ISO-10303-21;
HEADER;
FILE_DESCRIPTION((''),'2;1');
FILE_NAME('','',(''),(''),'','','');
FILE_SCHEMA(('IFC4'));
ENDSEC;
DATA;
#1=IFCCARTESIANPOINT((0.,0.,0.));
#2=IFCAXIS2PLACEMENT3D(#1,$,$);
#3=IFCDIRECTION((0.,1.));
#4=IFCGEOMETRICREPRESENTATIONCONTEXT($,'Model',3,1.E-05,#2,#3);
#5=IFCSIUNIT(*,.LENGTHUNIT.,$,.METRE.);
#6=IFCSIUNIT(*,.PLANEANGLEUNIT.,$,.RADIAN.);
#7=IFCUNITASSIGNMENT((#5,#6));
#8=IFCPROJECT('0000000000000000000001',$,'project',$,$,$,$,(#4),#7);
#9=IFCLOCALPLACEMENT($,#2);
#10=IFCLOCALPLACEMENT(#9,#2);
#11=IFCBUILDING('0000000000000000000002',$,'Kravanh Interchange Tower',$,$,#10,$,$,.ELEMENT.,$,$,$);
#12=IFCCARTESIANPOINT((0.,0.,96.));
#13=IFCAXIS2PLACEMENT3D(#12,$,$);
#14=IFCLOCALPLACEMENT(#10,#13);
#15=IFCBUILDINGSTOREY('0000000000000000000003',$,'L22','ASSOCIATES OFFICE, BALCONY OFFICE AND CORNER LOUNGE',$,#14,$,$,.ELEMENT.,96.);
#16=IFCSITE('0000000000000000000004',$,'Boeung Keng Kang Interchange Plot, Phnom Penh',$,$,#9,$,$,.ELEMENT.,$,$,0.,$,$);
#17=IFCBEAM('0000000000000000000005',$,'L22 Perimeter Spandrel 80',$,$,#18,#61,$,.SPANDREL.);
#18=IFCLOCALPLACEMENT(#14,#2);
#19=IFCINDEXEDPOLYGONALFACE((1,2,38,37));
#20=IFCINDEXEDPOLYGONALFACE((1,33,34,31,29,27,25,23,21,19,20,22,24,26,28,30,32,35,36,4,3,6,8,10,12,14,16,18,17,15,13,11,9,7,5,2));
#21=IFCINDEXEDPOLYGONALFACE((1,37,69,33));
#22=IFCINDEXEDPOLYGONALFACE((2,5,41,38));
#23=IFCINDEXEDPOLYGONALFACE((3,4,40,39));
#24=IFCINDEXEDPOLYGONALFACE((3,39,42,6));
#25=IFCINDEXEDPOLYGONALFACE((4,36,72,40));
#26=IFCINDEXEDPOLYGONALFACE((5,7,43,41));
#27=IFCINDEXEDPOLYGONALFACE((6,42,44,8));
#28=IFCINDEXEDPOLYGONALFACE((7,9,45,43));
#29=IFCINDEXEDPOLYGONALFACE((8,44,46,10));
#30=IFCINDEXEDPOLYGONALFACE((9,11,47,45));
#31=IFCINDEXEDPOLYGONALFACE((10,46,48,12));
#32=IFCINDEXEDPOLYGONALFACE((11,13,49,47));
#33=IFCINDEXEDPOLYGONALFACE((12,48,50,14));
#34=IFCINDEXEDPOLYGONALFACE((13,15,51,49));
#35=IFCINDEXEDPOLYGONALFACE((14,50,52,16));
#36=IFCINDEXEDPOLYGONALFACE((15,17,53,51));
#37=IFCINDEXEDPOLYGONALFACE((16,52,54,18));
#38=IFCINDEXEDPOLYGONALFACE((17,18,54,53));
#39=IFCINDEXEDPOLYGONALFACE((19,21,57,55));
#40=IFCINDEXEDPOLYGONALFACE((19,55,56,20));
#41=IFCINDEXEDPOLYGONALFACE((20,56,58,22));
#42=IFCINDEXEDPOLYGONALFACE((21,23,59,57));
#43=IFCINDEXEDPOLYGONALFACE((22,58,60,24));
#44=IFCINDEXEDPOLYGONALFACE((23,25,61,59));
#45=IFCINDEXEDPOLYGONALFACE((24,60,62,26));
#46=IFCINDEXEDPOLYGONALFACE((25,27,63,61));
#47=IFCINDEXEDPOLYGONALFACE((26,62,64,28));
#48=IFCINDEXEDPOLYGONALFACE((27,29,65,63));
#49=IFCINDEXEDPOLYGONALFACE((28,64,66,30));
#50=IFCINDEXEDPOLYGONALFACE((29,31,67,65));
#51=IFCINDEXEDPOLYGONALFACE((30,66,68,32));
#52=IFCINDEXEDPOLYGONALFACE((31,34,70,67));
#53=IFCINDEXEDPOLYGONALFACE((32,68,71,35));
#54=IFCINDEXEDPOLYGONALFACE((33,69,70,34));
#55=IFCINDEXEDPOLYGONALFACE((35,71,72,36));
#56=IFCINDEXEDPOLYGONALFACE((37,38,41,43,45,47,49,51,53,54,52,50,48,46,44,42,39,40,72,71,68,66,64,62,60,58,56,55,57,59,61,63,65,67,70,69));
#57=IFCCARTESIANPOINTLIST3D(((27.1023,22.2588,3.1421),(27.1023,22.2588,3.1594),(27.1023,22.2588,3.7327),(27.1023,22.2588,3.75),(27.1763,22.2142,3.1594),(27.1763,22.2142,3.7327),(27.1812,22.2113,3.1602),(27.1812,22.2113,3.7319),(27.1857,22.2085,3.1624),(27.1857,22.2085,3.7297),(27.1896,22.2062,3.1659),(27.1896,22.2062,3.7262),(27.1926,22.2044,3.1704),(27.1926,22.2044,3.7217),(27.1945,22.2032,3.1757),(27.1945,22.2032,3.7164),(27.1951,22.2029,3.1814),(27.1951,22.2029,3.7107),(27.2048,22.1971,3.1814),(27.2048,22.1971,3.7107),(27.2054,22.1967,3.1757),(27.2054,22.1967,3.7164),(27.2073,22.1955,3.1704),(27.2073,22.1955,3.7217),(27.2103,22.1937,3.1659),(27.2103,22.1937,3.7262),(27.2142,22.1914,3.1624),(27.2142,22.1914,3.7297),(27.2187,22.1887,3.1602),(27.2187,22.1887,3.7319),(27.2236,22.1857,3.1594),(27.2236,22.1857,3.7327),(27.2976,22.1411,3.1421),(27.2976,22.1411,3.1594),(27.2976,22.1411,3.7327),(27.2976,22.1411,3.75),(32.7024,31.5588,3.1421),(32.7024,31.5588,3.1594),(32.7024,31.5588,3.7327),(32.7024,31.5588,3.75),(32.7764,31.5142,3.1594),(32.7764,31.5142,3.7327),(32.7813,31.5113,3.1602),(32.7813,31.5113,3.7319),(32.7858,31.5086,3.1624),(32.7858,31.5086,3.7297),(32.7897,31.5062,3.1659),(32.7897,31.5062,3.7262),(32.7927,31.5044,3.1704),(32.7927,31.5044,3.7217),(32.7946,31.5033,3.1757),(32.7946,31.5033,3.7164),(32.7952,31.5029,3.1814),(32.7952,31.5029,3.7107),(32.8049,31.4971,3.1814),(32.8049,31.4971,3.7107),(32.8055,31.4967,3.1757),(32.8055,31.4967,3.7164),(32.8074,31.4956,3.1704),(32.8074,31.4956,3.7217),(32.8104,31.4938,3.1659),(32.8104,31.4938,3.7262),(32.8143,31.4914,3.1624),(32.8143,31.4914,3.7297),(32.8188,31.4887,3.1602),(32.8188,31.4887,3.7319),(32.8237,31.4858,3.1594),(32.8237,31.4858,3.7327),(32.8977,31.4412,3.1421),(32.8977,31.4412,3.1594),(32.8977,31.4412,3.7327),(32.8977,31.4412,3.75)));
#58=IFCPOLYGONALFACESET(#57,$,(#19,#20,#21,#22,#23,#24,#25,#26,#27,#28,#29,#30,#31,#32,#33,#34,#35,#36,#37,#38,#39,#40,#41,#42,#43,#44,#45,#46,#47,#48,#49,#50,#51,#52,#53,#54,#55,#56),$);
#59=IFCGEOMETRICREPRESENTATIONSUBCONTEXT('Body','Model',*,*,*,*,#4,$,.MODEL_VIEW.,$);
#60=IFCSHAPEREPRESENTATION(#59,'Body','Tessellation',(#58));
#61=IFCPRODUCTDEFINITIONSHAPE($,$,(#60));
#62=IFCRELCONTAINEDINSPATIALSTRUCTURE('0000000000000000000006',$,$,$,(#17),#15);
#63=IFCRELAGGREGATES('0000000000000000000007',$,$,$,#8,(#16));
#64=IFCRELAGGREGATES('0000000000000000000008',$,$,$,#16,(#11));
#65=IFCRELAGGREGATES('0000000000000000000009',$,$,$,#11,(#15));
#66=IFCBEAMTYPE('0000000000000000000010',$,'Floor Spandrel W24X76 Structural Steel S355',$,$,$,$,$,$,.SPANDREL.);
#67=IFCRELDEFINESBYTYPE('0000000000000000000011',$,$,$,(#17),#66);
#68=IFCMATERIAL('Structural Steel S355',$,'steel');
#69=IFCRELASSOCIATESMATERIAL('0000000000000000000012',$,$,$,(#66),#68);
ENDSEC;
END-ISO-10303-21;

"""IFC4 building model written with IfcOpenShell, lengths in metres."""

from ifc_helpers import new_model, si_unit, direction, frame, origin, origin_2d, place, context, subcontext, project, spatial, i_section, extrude, material, material_profile, profile_set, type_object, element, save


model = new_model("IFC4")

# Units and contexts
model_context = context("Model", 3, precision=1e-05, world=origin(), true_north=direction((0.0, 1.0)))
body_context = subcontext(model_context, "Body", "Model", "MODEL_VIEW")
ifc_project = project(units=[si_unit("LENGTHUNIT", "METRE"), si_unit("PLANEANGLEUNIT", "RADIAN")], contexts=[model_context])

# Site, building, storey
site_placement = place(None, origin())
site = spatial("IfcSite", under=ifc_project, at=site_placement, Name="Boeung Keng Kang Interchange Plot, Phnom Penh", CompositionType="ELEMENT", RefElevation=0.0)
building_placement = place(site_placement, origin())
building = spatial("IfcBuilding", under=site, at=building_placement, Name="Kravanh Interchange Tower", CompositionType="ELEMENT")
storey_placement = place(building_placement, frame((0.0, 0.0, 96.0)))
storey = spatial("IfcBuildingStorey", under=building, at=storey_placement, Name="L22", Description="ASSOCIATES OFFICE, BALCONY OFFICE AND CORNER LOUNGE", CompositionType="ELEMENT", Elevation=96.0)

# Beam
ifc_material_1 = material(Name="Structural Steel S355", Category="steel")
ifc_material_profile_1 = material_profile(ifc_material_1, i_section(OverallWidth=0.228, OverallDepth=0.6079, WebThickness=0.0112, FlangeThickness=0.0173, FilletRadius=0.022, at=origin_2d()), Name="W24X76")
ifc_profile_set_1 = profile_set([ifc_material_profile_1], Name="Structural Steel S355")
beam_type_1 = type_object("IfcBeamType", Name="Floor Spandrel W24X76 Structural Steel S355", PredefinedType="SPANDREL", material=ifc_profile_set_1)
beam_1_placement = place(storey_placement, frame((32.8, 31.5, 3.446), z_axis=(-0.515854, -0.856676, 0.0), x_axis=(0.856676, -0.515854, 0.0)))
element("IfcBeam", 1, at=beam_1_placement, inside=storey, type_object=beam_type_1, Name="L22 Perimeter Spandrel 80", PredefinedType="SPANDREL", context=body_context, shape_type="SweptSolid", body=[
    extrude(i_section(OverallWidth=0.228, OverallDepth=0.6079, WebThickness=0.0112, FlangeThickness=0.0173, FilletRadius=0.022, at=origin_2d()), origin(), (0.0, 0.0, 1.0), 10.856),
])

save(model, "model.ifc")
